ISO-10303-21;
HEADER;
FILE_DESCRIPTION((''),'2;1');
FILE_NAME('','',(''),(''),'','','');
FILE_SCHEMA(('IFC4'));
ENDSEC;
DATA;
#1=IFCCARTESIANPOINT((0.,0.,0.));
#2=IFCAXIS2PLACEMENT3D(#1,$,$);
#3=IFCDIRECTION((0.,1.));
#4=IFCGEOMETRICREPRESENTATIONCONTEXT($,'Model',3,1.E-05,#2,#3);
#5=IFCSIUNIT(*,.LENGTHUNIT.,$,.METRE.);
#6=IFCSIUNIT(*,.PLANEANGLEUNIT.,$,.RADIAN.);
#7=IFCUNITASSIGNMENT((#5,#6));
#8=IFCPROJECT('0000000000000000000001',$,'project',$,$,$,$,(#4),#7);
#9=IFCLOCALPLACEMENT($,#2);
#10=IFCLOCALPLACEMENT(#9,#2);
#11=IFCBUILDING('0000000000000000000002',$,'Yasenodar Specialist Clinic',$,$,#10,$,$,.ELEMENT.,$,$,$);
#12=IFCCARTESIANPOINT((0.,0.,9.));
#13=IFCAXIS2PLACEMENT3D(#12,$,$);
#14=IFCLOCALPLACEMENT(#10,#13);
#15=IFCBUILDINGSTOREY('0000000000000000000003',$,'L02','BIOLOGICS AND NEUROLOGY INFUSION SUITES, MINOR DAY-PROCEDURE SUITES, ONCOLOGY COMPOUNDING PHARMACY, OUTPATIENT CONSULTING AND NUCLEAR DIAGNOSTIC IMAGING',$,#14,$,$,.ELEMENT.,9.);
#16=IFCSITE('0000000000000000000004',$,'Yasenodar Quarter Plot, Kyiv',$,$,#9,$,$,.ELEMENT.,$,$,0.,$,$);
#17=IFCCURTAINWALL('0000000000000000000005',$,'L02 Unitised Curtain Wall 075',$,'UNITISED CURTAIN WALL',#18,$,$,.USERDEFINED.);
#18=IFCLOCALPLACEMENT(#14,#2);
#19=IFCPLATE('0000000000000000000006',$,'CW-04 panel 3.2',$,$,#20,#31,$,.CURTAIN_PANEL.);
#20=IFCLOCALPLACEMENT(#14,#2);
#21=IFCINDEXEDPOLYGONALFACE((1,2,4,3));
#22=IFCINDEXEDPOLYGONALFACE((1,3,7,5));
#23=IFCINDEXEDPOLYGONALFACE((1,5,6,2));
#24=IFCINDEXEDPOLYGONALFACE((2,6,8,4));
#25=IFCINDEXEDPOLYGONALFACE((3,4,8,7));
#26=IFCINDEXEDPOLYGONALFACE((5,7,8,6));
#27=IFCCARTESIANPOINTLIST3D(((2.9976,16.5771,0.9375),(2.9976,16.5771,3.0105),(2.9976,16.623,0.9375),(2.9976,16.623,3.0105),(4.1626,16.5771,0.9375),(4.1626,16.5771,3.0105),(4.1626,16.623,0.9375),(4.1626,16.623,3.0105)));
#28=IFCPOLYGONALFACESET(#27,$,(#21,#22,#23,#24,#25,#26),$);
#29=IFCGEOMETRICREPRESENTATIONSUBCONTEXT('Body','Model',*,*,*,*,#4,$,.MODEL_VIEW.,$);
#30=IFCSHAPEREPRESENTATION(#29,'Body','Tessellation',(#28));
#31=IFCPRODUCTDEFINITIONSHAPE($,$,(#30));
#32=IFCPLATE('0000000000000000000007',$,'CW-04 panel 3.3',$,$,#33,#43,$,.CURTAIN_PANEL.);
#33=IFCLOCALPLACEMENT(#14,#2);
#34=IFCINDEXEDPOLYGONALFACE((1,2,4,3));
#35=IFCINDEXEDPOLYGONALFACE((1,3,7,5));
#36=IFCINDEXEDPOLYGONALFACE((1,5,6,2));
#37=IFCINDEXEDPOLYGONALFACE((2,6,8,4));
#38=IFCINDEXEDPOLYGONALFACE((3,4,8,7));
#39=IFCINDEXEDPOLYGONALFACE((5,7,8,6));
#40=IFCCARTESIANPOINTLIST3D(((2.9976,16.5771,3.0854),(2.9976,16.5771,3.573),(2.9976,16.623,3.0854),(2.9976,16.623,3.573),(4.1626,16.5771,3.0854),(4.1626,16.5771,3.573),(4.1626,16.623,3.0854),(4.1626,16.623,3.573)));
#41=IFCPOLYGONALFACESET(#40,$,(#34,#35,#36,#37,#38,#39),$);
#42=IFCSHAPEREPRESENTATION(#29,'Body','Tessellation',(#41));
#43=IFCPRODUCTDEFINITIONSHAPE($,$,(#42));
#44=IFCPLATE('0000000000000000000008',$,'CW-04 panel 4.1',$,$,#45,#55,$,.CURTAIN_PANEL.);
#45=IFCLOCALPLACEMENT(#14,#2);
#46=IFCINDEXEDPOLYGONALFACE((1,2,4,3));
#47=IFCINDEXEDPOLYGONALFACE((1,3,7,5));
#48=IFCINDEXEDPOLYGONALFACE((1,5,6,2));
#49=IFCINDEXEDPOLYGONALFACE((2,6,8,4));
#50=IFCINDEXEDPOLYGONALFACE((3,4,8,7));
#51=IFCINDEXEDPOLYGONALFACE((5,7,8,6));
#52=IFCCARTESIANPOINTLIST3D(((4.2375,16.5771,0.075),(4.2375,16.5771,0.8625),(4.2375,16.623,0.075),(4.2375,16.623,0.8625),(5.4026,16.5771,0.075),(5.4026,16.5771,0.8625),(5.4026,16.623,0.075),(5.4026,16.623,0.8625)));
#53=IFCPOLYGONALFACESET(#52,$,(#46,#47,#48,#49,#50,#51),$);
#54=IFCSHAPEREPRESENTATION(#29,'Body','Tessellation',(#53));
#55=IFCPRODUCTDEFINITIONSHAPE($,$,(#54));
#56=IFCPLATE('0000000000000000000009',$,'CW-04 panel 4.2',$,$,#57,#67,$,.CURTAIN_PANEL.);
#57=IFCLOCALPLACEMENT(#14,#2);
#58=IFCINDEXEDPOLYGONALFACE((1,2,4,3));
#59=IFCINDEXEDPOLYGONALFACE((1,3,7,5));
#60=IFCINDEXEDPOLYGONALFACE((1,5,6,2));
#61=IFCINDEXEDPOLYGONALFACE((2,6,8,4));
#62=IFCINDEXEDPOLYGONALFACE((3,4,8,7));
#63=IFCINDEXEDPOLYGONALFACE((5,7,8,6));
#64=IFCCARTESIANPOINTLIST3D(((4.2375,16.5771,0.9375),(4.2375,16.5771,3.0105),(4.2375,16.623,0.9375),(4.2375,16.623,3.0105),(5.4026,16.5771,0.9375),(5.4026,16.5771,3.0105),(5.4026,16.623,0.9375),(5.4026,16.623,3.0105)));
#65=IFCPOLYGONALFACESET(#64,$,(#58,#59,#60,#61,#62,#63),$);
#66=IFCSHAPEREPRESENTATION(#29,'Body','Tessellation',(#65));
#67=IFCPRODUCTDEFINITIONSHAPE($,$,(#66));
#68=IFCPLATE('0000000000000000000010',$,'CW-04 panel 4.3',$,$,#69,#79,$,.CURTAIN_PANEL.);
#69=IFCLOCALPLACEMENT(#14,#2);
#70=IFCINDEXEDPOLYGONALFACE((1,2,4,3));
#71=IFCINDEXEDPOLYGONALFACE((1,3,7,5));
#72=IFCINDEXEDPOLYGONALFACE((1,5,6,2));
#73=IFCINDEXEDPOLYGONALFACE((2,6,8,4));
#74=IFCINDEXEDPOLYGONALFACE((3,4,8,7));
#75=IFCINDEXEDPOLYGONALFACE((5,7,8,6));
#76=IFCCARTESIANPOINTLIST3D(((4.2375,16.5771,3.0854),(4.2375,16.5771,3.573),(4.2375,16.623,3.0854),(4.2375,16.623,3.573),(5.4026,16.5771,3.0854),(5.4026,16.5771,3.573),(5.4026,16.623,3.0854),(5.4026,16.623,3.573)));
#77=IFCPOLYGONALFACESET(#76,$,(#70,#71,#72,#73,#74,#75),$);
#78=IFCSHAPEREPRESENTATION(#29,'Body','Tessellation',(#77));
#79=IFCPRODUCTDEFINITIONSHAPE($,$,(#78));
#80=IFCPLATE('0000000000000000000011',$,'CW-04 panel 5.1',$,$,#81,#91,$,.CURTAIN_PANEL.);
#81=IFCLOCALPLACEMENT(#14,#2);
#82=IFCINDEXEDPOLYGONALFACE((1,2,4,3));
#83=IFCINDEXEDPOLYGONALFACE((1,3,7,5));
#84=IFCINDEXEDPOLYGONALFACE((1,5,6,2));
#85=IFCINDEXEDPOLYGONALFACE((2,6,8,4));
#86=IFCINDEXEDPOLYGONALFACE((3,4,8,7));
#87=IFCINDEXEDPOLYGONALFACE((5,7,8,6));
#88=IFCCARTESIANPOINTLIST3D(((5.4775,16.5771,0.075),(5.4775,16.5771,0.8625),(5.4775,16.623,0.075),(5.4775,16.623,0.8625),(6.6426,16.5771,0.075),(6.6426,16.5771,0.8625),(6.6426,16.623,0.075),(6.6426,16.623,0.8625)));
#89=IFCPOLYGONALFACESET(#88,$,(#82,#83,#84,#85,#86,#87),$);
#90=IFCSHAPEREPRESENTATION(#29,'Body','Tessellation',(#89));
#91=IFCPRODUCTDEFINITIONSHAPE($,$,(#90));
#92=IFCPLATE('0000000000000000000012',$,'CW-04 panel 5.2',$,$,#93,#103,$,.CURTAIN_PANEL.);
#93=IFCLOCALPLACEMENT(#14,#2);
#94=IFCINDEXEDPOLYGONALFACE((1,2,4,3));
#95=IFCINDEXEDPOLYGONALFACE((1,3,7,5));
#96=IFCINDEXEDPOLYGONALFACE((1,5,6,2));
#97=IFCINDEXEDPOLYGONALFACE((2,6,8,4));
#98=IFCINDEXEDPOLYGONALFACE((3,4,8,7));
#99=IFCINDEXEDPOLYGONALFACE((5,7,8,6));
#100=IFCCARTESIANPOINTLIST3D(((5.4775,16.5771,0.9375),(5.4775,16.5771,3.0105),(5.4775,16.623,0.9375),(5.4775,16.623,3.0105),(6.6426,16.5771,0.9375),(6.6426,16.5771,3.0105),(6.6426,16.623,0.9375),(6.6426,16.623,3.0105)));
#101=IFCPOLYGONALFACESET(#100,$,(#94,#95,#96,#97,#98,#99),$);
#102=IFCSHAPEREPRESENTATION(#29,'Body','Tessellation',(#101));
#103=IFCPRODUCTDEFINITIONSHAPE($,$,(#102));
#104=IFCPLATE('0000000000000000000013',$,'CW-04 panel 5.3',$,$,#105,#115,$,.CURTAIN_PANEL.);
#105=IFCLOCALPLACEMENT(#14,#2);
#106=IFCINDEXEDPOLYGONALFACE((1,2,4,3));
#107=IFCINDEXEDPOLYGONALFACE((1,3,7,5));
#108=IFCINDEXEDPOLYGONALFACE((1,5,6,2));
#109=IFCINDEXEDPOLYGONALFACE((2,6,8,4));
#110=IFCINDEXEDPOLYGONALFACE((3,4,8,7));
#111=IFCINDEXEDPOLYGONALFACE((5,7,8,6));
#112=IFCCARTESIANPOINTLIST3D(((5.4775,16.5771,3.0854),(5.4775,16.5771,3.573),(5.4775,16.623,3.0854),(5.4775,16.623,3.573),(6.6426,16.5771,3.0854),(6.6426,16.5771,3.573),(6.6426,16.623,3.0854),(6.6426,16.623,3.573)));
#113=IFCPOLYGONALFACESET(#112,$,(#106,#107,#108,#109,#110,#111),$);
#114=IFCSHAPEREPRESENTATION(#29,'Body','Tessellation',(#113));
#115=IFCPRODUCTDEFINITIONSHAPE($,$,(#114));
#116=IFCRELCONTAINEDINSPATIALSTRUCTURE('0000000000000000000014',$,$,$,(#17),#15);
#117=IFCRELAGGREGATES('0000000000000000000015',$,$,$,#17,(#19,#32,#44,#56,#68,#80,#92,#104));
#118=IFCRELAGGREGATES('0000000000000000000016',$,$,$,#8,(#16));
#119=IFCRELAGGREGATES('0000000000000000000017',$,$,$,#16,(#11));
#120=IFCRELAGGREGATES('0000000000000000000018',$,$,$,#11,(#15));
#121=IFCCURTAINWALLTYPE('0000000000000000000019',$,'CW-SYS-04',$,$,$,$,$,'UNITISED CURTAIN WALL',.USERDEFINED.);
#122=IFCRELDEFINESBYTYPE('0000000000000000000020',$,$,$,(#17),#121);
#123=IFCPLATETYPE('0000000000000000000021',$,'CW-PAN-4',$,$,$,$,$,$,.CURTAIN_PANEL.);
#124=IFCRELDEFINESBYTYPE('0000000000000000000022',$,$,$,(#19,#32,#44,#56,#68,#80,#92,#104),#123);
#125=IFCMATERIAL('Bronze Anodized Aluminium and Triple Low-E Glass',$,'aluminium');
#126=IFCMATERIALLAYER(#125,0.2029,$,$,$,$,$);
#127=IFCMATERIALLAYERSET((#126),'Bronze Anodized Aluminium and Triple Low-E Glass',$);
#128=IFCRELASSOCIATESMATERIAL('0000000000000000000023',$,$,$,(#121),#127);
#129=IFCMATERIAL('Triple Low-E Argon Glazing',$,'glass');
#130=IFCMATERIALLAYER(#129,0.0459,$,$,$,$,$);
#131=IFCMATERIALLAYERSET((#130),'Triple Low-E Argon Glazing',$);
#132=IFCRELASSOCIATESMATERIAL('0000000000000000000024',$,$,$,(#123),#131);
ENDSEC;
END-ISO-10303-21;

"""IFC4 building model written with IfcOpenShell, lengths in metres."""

from ifc_helpers import new_model, si_unit, direction, frame, origin, origin_2d, place, context, subcontext, project, spatial, rectangle, extrude, material, layer, layer_set, type_object, element, aggregate, save


model = new_model("IFC4")

# Units and contexts
model_context = context("Model", 3, precision=1e-05, world=origin(), true_north=direction((0.0, 1.0)))
body_context = subcontext(model_context, "Body", "Model", "MODEL_VIEW")
ifc_project = project(units=[si_unit("LENGTHUNIT", "METRE"), si_unit("PLANEANGLEUNIT", "RADIAN")], contexts=[model_context])

# Site, building, storey
site_placement = place(None, origin())
site = spatial("IfcSite", under=ifc_project, at=site_placement, Name="Yasenodar Quarter Plot, Kyiv", CompositionType="ELEMENT", RefElevation=0.0)
building_placement = place(site_placement, origin())
building = spatial("IfcBuilding", under=site, at=building_placement, Name="Yasenodar Specialist Clinic", CompositionType="ELEMENT")
storey_placement = place(building_placement, frame((0.0, 0.0, 9.0)))
storey = spatial("IfcBuildingStorey", under=building, at=storey_placement, Name="L02", Description="BIOLOGICS AND NEUROLOGY INFUSION SUITES, MINOR DAY-PROCEDURE SUITES, ONCOLOGY COMPOUNDING PHARMACY, OUTPATIENT CONSULTING AND NUCLEAR DIAGNOSTIC IMAGING", CompositionType="ELEMENT", Elevation=9.0)

# Curtain wall, plates
ifc_material_1 = material(Name="Bronze Anodized Aluminium and Triple Low-E Glass", Category="aluminium")
ifc_layer_1 = layer(ifc_material_1, 0.2029)
ifc_layer_set_1 = layer_set([ifc_layer_1], Name="Bronze Anodized Aluminium and Triple Low-E Glass")
curtain_wall_type = type_object("IfcCurtainWallType", Name="CW-SYS-04", ElementType="UNITISED CURTAIN WALL", PredefinedType="USERDEFINED", material=ifc_layer_set_1)
curtain_wall_placement = place(storey_placement, origin())
curtain_wall = element("IfcCurtainWall", 1, at=curtain_wall_placement, inside=storey, type_object=curtain_wall_type, Name="L02 Unitised Curtain Wall 075", ObjectType="UNITISED CURTAIN WALL", PredefinedType="USERDEFINED")
ifc_material_2 = material(Name="Triple Low-E Argon Glazing", Category="glass")
ifc_layer_2 = layer(ifc_material_2, 0.0459)
ifc_layer_set_2 = layer_set([ifc_layer_2], Name="Triple Low-E Argon Glazing")
plate_type = type_object("IfcPlateType", Name="CW-PAN-4", PredefinedType="CURTAIN_PANEL", material=ifc_layer_set_2)
plate_1_placement = place(storey_placement, frame((3.5801, 16.6001, 0.9375), z_axis=(0.0, 0.0, 1.0), x_axis=(1.0, 0.0, 0.0)))
plate_1 = element("IfcPlate", 2, at=plate_1_placement, type_object=plate_type, Name="CW-04 panel 3.2", PredefinedType="CURTAIN_PANEL", context=body_context, shape_type="SweptSolid", body=[
    extrude(rectangle(XDim=1.165, YDim=0.0459, at=origin_2d()), origin(), (0.0, 0.0, 1.0), 2.073),
])
plate_2_placement = place(storey_placement, frame((3.5801, 16.6001, 3.0854), z_axis=(0.0, 0.0, 1.0), x_axis=(1.0, 0.0, 0.0)))
plate_2 = element("IfcPlate", 3, at=plate_2_placement, type_object=plate_type, Name="CW-04 panel 3.3", PredefinedType="CURTAIN_PANEL", context=body_context, shape_type="SweptSolid", body=[
    extrude(rectangle(XDim=1.165, YDim=0.0459, at=origin_2d()), origin(), (0.0, 0.0, 1.0), 0.4875),
])
plate_3_placement = place(storey_placement, frame((4.8201, 16.6001, 0.075), z_axis=(0.0, 0.0, 1.0), x_axis=(1.0, 0.0, 0.0)))
plate_3 = element("IfcPlate", 4, at=plate_3_placement, type_object=plate_type, Name="CW-04 panel 4.1", PredefinedType="CURTAIN_PANEL", context=body_context, shape_type="SweptSolid", body=[
    extrude(rectangle(XDim=1.165, YDim=0.0459, at=origin_2d()), origin(), (0.0, 0.0, 1.0), 0.7876),
])
plate_4_placement = place(storey_placement, frame((4.8201, 16.6001, 0.9375), z_axis=(0.0, 0.0, 1.0), x_axis=(1.0, 0.0, 0.0)))
plate_4 = element("IfcPlate", 5, at=plate_4_placement, type_object=plate_type, Name="CW-04 panel 4.2", PredefinedType="CURTAIN_PANEL", context=body_context, shape_type="SweptSolid", body=[
    extrude(rectangle(XDim=1.165, YDim=0.0459, at=origin_2d()), origin(), (0.0, 0.0, 1.0), 2.073),
])
plate_5_placement = place(storey_placement, frame((4.8201, 16.6001, 3.0854), z_axis=(0.0, 0.0, 1.0), x_axis=(1.0, 0.0, 0.0)))
plate_5 = element("IfcPlate", 6, at=plate_5_placement, type_object=plate_type, Name="CW-04 panel 4.3", PredefinedType="CURTAIN_PANEL", context=body_context, shape_type="SweptSolid", body=[
    extrude(rectangle(XDim=1.165, YDim=0.0459, at=origin_2d()), origin(), (0.0, 0.0, 1.0), 0.4875),
])
plate_6_placement = place(storey_placement, frame((6.0601, 16.6001, 0.075), z_axis=(0.0, 0.0, 1.0), x_axis=(1.0, 0.0, 0.0)))
plate_6 = element("IfcPlate", 7, at=plate_6_placement, type_object=plate_type, Name="CW-04 panel 5.1", PredefinedType="CURTAIN_PANEL", context=body_context, shape_type="SweptSolid", body=[
    extrude(rectangle(XDim=1.165, YDim=0.0459, at=origin_2d()), origin(), (0.0, 0.0, 1.0), 0.7876),
])
plate_7_placement = place(storey_placement, frame((6.0601, 16.6001, 0.9375), z_axis=(0.0, 0.0, 1.0), x_axis=(1.0, 0.0, 0.0)))
plate_7 = element("IfcPlate", 8, at=plate_7_placement, type_object=plate_type, Name="CW-04 panel 5.2", PredefinedType="CURTAIN_PANEL", context=body_context, shape_type="SweptSolid", body=[
    extrude(rectangle(XDim=1.165, YDim=0.0459, at=origin_2d()), origin(), (0.0, 0.0, 1.0), 2.073),
])
plate_8_placement = place(storey_placement, frame((6.0601, 16.6001, 3.0854), z_axis=(0.0, 0.0, 1.0), x_axis=(1.0, 0.0, 0.0)))
plate_8 = element("IfcPlate", 9, at=plate_8_placement, type_object=plate_type, Name="CW-04 panel 5.3", PredefinedType="CURTAIN_PANEL", context=body_context, shape_type="SweptSolid", body=[
    extrude(rectangle(XDim=1.165, YDim=0.0459, at=origin_2d()), origin(), (0.0, 0.0, 1.0), 0.4875),
])
aggregate(curtain_wall, [plate_1, plate_2, plate_3, plate_4, plate_5, plate_6, plate_7, plate_8])

save(model, "model.ifc")
